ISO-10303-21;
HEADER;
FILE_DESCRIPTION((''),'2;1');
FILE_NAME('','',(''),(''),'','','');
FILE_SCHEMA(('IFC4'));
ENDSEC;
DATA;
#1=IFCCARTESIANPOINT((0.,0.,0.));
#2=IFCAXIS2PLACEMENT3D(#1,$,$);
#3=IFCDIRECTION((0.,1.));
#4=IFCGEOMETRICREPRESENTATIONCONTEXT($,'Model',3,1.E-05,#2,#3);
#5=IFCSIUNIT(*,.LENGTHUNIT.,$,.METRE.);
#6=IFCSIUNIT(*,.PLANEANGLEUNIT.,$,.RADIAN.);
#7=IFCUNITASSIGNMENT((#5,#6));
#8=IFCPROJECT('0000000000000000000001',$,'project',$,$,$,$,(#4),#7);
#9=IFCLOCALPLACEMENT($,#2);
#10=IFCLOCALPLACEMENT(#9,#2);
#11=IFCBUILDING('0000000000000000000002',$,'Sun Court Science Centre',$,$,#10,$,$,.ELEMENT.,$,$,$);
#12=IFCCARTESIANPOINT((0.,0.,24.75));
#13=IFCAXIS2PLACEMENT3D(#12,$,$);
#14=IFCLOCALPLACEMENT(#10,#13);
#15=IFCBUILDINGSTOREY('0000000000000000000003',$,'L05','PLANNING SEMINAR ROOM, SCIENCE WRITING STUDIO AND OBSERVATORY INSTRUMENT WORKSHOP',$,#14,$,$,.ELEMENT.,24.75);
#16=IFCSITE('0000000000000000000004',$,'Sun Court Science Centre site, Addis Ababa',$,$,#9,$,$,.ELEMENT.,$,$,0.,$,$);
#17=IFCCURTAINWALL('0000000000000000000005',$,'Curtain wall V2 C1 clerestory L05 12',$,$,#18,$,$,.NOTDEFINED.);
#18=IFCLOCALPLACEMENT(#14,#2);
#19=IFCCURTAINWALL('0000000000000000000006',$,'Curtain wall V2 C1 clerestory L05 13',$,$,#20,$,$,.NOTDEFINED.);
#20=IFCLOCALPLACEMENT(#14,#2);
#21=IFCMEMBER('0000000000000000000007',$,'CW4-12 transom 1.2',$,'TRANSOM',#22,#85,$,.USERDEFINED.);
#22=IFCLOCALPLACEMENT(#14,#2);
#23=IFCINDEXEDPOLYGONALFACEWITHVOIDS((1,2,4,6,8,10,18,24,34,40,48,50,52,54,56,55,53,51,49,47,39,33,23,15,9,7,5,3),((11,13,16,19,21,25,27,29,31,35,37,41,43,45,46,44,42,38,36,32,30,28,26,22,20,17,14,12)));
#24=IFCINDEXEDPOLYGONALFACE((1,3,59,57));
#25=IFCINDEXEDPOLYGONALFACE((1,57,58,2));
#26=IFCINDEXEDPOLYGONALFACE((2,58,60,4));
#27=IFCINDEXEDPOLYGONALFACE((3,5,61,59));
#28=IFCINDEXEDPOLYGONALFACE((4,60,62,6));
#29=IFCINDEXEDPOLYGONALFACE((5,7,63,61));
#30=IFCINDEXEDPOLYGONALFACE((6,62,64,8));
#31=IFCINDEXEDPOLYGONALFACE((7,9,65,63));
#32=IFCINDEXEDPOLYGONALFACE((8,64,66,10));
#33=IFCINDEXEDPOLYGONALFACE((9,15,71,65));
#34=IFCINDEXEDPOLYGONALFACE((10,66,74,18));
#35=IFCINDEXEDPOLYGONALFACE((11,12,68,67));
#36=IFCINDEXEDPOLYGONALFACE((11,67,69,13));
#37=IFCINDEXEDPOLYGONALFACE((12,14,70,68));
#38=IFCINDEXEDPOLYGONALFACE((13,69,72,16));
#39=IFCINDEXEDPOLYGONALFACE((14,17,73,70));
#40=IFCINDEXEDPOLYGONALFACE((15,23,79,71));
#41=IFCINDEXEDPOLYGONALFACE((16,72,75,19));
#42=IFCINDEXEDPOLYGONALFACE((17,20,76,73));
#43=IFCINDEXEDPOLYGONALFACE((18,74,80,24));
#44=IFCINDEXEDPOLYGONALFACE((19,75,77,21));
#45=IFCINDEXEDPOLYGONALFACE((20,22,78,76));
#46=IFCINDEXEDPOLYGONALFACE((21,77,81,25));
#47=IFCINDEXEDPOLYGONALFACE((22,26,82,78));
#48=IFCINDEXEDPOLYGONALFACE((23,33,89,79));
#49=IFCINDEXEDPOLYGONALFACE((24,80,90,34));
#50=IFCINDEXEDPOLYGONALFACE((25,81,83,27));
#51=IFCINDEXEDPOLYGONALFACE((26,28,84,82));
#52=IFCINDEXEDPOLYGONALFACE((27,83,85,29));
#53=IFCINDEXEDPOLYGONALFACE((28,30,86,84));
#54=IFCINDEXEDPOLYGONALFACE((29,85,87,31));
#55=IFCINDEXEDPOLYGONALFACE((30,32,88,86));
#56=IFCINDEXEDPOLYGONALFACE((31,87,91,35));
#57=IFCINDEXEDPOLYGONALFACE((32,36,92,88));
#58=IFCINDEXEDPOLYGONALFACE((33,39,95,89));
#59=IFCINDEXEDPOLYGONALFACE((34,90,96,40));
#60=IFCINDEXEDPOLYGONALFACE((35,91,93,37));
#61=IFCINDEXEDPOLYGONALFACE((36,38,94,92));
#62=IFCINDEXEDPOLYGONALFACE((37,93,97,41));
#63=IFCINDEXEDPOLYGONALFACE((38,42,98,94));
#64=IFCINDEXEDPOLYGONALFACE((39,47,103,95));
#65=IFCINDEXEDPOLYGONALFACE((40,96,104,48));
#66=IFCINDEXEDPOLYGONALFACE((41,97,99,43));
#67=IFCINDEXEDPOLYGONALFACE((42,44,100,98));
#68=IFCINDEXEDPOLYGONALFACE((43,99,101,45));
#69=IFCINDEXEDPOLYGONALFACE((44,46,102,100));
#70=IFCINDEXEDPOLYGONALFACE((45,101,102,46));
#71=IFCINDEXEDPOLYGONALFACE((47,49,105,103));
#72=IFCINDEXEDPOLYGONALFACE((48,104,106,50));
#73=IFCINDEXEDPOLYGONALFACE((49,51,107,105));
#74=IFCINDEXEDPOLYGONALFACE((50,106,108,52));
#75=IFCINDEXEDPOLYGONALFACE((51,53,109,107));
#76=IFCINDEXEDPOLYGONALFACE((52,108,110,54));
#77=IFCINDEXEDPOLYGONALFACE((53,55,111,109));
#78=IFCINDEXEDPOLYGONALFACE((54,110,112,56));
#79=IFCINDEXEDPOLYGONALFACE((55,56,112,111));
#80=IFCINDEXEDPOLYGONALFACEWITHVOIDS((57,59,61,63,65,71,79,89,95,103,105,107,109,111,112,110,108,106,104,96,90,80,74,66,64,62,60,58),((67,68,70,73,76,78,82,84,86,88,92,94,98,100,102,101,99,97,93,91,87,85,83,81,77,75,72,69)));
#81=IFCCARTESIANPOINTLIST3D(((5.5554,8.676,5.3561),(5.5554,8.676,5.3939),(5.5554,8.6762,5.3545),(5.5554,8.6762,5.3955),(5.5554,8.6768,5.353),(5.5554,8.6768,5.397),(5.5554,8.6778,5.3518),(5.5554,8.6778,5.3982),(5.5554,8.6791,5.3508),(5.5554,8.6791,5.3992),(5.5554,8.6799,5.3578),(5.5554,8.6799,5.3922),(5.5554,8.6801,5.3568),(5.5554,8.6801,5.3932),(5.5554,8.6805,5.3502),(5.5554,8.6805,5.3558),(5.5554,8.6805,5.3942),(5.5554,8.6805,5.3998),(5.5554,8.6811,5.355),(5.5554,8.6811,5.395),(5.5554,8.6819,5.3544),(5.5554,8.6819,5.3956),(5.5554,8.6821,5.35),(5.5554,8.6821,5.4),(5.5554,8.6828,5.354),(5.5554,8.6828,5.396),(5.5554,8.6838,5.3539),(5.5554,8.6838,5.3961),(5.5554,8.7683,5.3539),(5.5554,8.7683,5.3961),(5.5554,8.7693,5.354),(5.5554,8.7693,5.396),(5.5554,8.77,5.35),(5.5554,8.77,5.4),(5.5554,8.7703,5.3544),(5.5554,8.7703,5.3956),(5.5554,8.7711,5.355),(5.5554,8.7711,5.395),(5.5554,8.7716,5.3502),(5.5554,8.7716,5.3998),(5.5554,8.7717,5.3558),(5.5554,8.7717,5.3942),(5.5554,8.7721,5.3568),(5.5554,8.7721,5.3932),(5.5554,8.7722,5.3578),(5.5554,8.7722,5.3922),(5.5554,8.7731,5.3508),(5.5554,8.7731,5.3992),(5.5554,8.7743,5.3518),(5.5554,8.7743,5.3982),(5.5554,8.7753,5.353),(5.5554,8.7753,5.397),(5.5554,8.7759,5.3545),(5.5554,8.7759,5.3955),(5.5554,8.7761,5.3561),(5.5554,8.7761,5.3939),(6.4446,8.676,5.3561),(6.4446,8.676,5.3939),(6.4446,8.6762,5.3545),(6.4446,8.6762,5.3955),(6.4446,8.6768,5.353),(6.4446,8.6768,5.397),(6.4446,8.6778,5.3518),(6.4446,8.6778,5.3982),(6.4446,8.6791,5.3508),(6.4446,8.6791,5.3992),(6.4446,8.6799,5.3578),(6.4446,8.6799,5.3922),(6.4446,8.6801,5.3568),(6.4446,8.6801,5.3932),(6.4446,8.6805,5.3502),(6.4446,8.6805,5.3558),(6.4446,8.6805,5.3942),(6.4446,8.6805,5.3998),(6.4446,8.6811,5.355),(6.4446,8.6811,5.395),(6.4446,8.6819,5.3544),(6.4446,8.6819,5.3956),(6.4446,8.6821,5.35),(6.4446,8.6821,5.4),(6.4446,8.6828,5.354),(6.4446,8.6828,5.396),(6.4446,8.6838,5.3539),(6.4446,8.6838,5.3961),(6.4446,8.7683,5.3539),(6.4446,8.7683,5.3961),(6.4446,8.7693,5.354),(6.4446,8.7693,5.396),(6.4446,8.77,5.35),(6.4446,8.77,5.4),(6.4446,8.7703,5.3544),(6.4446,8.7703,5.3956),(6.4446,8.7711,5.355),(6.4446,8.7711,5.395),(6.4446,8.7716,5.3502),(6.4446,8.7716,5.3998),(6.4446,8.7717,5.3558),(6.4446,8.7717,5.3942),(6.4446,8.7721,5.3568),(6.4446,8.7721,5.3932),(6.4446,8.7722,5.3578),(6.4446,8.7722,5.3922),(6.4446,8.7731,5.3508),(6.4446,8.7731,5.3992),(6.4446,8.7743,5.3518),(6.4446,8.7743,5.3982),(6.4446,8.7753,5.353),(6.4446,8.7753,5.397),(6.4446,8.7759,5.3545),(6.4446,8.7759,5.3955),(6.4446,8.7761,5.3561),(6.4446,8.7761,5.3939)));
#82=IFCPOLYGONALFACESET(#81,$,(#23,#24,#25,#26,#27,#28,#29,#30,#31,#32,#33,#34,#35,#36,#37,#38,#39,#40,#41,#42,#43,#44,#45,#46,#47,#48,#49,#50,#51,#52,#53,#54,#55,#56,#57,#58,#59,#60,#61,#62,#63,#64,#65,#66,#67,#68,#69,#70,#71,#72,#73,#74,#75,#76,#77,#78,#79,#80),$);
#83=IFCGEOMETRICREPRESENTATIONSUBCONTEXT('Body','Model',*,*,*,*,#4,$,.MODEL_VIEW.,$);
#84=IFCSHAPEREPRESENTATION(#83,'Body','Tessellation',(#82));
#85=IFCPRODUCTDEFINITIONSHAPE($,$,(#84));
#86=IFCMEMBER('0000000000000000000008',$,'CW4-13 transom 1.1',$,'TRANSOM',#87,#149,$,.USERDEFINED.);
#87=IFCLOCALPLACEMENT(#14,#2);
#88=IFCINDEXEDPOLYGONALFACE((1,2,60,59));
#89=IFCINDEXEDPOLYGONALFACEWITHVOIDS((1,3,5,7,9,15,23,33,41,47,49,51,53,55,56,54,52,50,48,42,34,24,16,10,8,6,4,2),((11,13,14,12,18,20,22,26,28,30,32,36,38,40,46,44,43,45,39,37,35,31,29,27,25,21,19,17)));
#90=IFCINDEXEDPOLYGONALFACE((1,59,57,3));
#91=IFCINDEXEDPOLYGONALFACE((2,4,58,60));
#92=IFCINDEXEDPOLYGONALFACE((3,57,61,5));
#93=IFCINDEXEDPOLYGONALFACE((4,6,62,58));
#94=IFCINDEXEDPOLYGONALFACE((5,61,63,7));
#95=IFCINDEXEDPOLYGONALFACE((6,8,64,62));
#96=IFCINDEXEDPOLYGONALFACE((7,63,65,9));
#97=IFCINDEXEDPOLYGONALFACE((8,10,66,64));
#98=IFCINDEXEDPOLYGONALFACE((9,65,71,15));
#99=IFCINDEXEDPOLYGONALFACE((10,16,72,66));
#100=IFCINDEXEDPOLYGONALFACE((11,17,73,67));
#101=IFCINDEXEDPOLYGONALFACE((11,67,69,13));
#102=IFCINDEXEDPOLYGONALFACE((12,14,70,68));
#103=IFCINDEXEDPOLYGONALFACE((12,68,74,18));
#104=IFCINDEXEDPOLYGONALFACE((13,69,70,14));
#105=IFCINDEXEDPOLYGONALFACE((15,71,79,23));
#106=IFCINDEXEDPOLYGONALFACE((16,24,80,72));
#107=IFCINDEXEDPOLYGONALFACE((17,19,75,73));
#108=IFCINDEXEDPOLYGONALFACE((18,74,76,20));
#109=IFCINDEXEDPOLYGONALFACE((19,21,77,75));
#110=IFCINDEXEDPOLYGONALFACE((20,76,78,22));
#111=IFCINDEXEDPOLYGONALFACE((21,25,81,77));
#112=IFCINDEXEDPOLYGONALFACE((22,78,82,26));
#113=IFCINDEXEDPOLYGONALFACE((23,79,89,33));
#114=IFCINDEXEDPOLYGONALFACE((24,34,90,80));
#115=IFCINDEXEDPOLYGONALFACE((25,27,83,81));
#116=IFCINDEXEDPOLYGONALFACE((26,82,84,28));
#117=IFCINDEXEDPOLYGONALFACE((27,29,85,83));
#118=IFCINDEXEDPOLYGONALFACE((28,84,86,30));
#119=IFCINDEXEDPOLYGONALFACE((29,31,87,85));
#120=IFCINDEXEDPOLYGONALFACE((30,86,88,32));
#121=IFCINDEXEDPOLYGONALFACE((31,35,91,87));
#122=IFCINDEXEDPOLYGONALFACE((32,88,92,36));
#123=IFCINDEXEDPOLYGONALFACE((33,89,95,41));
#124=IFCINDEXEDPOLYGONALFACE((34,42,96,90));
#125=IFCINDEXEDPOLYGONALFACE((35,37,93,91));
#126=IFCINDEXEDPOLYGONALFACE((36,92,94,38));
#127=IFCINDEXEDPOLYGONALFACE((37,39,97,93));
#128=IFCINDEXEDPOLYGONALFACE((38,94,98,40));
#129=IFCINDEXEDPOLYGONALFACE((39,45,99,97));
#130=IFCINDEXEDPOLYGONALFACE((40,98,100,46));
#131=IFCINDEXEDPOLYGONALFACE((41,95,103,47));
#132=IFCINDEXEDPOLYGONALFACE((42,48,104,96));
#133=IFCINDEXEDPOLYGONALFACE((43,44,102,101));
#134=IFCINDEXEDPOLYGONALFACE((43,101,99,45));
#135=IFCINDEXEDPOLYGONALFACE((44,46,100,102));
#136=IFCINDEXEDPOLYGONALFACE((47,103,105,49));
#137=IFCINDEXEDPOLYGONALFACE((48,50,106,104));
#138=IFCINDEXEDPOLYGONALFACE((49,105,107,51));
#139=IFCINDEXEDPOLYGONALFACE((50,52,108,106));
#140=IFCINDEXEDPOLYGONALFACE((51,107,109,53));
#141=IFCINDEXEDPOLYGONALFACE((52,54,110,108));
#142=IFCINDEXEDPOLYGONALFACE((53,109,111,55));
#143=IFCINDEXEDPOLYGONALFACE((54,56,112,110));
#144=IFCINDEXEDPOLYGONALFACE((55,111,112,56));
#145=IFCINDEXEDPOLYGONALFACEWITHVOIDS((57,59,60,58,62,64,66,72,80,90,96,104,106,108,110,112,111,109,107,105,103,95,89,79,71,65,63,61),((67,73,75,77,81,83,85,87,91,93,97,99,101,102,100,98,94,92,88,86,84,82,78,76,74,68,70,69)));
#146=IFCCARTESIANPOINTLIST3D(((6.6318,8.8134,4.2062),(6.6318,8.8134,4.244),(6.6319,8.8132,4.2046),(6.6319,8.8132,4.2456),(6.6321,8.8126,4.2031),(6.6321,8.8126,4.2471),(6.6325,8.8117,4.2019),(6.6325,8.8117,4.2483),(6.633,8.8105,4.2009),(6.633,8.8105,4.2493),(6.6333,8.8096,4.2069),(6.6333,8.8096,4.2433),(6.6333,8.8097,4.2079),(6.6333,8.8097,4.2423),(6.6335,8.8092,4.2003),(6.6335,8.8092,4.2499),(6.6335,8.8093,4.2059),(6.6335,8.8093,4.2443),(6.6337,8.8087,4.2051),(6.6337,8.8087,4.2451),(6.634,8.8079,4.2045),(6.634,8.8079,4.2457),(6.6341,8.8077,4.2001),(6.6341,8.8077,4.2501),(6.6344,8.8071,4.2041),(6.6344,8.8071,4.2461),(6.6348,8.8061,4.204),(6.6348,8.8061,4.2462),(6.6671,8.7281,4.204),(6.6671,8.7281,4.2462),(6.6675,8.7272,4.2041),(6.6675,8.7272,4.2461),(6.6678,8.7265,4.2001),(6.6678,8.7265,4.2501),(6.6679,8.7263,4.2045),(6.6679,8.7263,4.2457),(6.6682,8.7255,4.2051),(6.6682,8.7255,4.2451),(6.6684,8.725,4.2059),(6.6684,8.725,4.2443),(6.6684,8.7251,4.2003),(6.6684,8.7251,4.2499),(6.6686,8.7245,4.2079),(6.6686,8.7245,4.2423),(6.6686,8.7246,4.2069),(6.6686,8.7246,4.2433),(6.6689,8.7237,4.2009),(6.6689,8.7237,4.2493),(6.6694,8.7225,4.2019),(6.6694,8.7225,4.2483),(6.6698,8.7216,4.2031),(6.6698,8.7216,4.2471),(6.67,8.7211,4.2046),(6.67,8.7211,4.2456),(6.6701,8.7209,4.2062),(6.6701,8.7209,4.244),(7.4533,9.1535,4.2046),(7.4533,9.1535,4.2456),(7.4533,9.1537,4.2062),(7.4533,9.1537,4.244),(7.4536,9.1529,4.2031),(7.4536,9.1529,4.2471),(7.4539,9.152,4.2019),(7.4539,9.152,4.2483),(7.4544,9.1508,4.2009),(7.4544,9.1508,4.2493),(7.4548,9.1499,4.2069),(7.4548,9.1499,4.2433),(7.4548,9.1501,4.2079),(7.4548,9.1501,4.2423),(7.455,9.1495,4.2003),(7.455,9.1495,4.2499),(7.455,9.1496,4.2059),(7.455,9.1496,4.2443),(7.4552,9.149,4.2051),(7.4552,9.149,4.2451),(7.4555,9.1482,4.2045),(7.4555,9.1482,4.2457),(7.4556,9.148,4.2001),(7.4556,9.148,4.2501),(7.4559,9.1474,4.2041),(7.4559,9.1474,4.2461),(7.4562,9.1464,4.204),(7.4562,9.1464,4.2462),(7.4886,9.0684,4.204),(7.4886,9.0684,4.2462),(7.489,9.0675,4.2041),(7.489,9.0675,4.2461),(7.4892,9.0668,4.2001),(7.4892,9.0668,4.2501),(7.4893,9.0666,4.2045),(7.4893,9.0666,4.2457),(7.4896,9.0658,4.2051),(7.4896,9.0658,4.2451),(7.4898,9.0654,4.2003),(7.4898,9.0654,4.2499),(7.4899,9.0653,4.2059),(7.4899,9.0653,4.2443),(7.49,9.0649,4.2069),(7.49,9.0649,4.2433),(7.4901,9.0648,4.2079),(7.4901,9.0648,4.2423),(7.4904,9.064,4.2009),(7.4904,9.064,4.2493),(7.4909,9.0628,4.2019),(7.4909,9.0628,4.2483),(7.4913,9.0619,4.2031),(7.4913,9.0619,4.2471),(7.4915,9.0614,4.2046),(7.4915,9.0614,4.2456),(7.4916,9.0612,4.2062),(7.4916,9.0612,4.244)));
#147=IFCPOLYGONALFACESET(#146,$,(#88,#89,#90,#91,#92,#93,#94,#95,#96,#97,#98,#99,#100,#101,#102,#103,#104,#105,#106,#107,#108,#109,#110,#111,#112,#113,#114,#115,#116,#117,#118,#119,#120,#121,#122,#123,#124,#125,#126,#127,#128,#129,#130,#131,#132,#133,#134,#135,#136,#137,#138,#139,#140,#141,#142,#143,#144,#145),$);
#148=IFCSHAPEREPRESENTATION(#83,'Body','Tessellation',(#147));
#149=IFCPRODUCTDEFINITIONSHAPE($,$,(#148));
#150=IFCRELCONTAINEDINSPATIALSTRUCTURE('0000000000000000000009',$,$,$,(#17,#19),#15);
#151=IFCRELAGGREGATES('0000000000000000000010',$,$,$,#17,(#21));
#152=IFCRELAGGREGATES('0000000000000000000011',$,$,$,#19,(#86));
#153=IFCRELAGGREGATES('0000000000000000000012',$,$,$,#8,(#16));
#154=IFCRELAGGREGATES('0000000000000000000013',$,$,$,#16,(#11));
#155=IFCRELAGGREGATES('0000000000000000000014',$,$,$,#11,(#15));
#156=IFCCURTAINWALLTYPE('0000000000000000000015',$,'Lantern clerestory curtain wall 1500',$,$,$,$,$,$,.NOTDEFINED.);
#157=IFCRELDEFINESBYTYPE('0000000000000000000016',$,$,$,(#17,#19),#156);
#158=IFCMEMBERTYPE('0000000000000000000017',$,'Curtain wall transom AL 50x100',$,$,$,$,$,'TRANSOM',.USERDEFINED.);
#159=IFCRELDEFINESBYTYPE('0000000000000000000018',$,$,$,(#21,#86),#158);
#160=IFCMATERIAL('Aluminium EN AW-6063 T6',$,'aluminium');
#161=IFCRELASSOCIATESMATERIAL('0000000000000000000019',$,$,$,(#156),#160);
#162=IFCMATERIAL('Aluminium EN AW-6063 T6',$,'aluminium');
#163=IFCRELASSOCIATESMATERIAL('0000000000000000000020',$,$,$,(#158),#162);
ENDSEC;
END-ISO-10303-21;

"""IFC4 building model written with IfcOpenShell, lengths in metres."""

from ifc_helpers import new_model, si_unit, direction, frame, origin, origin_2d, place, context, subcontext, project, spatial, hollow_rectangle, extrude, material, material_profile, profile_set, type_object, element, aggregate, save


model = new_model("IFC4")

# Units and contexts
model_context = context("Model", 3, precision=1e-05, world=origin(), true_north=direction((0.0, 1.0)))
body_context = subcontext(model_context, "Body", "Model", "MODEL_VIEW")
ifc_project = project(units=[si_unit("LENGTHUNIT", "METRE"), si_unit("PLANEANGLEUNIT", "RADIAN")], contexts=[model_context])

# Site, building, storey
site_placement = place(None, origin())
site = spatial("IfcSite", under=ifc_project, at=site_placement, Name="Sun Court Science Centre site, Addis Ababa", CompositionType="ELEMENT", RefElevation=0.0)
building_placement = place(site_placement, origin())
building = spatial("IfcBuilding", under=site, at=building_placement, Name="Sun Court Science Centre", CompositionType="ELEMENT")
storey_placement = place(building_placement, frame((0.0, 0.0, 24.75)))
storey = spatial("IfcBuildingStorey", under=building, at=storey_placement, Name="L05", Description="PLANNING SEMINAR ROOM, SCIENCE WRITING STUDIO AND OBSERVATORY INSTRUMENT WORKSHOP", CompositionType="ELEMENT", Elevation=24.75)

# Curtain walls
ifc_material_1 = material(Name="Aluminium EN AW-6063 T6", Category="aluminium")
curtain_wall_type = type_object("IfcCurtainWallType", Name="Lantern clerestory curtain wall 1500", PredefinedType="NOTDEFINED", material=ifc_material_1)
curtain_wall_1_placement = place(storey_placement, origin())
curtain_wall_1 = element("IfcCurtainWall", 1, at=curtain_wall_1_placement, inside=storey, type_object=curtain_wall_type, Name="Curtain wall V2 C1 clerestory L05 12", PredefinedType="NOTDEFINED")
curtain_wall_2_placement = place(storey_placement, origin())
curtain_wall_2 = element("IfcCurtainWall", 2, at=curtain_wall_2_placement, inside=storey, type_object=curtain_wall_type, Name="Curtain wall V2 C1 clerestory L05 13", PredefinedType="NOTDEFINED")

# Shared definitions
ifc_material_2 = material(Name="Aluminium EN AW-6063 T6", Category="aluminium")
ifc_material_profile_1 = material_profile(ifc_material_2, hollow_rectangle(XDim=0.05, YDim=0.1001, WallThickness=0.0039, InnerFilletRadius=0.0039, OuterFilletRadius=0.0061, at=origin_2d()), Name="AL 50x100x4")
ifc_profile_set_1 = profile_set([ifc_material_profile_1], Name="Aluminium EN AW-6063 T6")
member_type_1 = type_object("IfcMemberType", Name="Curtain wall transom AL 50x100", ElementType="TRANSOM", PredefinedType="USERDEFINED", material=ifc_profile_set_1)

# Members
member_1_placement = place(storey_placement, frame((6.4446, 8.7261, 5.375), z_axis=(-1.0, 0.0, 0.0), x_axis=(0.0, 0.0, 1.0)))
member_1 = element("IfcMember", 3, at=member_1_placement, type_object=member_type_1, Name="CW4-12 transom 1.2", ObjectType="TRANSOM", PredefinedType="USERDEFINED", context=body_context, shape_type="SweptSolid", body=[
    extrude(hollow_rectangle(XDim=0.05, YDim=0.1001, WallThickness=0.0039, InnerFilletRadius=0.0039, OuterFilletRadius=0.0061, at=origin_2d()), origin(), (0.0, 0.0, 1.0), 0.8892),
])
member_2_placement = place(storey_placement, frame((7.4724, 9.1074, 4.2251), z_axis=(-0.923863, -0.382724, 0.0), x_axis=(0.0, 0.0, 1.0)))
member_2 = element("IfcMember", 4, at=member_2_placement, type_object=member_type_1, Name="CW4-13 transom 1.1", ObjectType="TRANSOM", PredefinedType="USERDEFINED", context=body_context, shape_type="SweptSolid", body=[
    extrude(hollow_rectangle(XDim=0.05, YDim=0.1001, WallThickness=0.0039, InnerFilletRadius=0.0039, OuterFilletRadius=0.0061, at=origin_2d()), origin(), (0.0, 0.0, 1.0), 0.8892),
])

aggregate(curtain_wall_1, [member_1])
aggregate(curtain_wall_2, [member_2])

save(model, "model.ifc")
